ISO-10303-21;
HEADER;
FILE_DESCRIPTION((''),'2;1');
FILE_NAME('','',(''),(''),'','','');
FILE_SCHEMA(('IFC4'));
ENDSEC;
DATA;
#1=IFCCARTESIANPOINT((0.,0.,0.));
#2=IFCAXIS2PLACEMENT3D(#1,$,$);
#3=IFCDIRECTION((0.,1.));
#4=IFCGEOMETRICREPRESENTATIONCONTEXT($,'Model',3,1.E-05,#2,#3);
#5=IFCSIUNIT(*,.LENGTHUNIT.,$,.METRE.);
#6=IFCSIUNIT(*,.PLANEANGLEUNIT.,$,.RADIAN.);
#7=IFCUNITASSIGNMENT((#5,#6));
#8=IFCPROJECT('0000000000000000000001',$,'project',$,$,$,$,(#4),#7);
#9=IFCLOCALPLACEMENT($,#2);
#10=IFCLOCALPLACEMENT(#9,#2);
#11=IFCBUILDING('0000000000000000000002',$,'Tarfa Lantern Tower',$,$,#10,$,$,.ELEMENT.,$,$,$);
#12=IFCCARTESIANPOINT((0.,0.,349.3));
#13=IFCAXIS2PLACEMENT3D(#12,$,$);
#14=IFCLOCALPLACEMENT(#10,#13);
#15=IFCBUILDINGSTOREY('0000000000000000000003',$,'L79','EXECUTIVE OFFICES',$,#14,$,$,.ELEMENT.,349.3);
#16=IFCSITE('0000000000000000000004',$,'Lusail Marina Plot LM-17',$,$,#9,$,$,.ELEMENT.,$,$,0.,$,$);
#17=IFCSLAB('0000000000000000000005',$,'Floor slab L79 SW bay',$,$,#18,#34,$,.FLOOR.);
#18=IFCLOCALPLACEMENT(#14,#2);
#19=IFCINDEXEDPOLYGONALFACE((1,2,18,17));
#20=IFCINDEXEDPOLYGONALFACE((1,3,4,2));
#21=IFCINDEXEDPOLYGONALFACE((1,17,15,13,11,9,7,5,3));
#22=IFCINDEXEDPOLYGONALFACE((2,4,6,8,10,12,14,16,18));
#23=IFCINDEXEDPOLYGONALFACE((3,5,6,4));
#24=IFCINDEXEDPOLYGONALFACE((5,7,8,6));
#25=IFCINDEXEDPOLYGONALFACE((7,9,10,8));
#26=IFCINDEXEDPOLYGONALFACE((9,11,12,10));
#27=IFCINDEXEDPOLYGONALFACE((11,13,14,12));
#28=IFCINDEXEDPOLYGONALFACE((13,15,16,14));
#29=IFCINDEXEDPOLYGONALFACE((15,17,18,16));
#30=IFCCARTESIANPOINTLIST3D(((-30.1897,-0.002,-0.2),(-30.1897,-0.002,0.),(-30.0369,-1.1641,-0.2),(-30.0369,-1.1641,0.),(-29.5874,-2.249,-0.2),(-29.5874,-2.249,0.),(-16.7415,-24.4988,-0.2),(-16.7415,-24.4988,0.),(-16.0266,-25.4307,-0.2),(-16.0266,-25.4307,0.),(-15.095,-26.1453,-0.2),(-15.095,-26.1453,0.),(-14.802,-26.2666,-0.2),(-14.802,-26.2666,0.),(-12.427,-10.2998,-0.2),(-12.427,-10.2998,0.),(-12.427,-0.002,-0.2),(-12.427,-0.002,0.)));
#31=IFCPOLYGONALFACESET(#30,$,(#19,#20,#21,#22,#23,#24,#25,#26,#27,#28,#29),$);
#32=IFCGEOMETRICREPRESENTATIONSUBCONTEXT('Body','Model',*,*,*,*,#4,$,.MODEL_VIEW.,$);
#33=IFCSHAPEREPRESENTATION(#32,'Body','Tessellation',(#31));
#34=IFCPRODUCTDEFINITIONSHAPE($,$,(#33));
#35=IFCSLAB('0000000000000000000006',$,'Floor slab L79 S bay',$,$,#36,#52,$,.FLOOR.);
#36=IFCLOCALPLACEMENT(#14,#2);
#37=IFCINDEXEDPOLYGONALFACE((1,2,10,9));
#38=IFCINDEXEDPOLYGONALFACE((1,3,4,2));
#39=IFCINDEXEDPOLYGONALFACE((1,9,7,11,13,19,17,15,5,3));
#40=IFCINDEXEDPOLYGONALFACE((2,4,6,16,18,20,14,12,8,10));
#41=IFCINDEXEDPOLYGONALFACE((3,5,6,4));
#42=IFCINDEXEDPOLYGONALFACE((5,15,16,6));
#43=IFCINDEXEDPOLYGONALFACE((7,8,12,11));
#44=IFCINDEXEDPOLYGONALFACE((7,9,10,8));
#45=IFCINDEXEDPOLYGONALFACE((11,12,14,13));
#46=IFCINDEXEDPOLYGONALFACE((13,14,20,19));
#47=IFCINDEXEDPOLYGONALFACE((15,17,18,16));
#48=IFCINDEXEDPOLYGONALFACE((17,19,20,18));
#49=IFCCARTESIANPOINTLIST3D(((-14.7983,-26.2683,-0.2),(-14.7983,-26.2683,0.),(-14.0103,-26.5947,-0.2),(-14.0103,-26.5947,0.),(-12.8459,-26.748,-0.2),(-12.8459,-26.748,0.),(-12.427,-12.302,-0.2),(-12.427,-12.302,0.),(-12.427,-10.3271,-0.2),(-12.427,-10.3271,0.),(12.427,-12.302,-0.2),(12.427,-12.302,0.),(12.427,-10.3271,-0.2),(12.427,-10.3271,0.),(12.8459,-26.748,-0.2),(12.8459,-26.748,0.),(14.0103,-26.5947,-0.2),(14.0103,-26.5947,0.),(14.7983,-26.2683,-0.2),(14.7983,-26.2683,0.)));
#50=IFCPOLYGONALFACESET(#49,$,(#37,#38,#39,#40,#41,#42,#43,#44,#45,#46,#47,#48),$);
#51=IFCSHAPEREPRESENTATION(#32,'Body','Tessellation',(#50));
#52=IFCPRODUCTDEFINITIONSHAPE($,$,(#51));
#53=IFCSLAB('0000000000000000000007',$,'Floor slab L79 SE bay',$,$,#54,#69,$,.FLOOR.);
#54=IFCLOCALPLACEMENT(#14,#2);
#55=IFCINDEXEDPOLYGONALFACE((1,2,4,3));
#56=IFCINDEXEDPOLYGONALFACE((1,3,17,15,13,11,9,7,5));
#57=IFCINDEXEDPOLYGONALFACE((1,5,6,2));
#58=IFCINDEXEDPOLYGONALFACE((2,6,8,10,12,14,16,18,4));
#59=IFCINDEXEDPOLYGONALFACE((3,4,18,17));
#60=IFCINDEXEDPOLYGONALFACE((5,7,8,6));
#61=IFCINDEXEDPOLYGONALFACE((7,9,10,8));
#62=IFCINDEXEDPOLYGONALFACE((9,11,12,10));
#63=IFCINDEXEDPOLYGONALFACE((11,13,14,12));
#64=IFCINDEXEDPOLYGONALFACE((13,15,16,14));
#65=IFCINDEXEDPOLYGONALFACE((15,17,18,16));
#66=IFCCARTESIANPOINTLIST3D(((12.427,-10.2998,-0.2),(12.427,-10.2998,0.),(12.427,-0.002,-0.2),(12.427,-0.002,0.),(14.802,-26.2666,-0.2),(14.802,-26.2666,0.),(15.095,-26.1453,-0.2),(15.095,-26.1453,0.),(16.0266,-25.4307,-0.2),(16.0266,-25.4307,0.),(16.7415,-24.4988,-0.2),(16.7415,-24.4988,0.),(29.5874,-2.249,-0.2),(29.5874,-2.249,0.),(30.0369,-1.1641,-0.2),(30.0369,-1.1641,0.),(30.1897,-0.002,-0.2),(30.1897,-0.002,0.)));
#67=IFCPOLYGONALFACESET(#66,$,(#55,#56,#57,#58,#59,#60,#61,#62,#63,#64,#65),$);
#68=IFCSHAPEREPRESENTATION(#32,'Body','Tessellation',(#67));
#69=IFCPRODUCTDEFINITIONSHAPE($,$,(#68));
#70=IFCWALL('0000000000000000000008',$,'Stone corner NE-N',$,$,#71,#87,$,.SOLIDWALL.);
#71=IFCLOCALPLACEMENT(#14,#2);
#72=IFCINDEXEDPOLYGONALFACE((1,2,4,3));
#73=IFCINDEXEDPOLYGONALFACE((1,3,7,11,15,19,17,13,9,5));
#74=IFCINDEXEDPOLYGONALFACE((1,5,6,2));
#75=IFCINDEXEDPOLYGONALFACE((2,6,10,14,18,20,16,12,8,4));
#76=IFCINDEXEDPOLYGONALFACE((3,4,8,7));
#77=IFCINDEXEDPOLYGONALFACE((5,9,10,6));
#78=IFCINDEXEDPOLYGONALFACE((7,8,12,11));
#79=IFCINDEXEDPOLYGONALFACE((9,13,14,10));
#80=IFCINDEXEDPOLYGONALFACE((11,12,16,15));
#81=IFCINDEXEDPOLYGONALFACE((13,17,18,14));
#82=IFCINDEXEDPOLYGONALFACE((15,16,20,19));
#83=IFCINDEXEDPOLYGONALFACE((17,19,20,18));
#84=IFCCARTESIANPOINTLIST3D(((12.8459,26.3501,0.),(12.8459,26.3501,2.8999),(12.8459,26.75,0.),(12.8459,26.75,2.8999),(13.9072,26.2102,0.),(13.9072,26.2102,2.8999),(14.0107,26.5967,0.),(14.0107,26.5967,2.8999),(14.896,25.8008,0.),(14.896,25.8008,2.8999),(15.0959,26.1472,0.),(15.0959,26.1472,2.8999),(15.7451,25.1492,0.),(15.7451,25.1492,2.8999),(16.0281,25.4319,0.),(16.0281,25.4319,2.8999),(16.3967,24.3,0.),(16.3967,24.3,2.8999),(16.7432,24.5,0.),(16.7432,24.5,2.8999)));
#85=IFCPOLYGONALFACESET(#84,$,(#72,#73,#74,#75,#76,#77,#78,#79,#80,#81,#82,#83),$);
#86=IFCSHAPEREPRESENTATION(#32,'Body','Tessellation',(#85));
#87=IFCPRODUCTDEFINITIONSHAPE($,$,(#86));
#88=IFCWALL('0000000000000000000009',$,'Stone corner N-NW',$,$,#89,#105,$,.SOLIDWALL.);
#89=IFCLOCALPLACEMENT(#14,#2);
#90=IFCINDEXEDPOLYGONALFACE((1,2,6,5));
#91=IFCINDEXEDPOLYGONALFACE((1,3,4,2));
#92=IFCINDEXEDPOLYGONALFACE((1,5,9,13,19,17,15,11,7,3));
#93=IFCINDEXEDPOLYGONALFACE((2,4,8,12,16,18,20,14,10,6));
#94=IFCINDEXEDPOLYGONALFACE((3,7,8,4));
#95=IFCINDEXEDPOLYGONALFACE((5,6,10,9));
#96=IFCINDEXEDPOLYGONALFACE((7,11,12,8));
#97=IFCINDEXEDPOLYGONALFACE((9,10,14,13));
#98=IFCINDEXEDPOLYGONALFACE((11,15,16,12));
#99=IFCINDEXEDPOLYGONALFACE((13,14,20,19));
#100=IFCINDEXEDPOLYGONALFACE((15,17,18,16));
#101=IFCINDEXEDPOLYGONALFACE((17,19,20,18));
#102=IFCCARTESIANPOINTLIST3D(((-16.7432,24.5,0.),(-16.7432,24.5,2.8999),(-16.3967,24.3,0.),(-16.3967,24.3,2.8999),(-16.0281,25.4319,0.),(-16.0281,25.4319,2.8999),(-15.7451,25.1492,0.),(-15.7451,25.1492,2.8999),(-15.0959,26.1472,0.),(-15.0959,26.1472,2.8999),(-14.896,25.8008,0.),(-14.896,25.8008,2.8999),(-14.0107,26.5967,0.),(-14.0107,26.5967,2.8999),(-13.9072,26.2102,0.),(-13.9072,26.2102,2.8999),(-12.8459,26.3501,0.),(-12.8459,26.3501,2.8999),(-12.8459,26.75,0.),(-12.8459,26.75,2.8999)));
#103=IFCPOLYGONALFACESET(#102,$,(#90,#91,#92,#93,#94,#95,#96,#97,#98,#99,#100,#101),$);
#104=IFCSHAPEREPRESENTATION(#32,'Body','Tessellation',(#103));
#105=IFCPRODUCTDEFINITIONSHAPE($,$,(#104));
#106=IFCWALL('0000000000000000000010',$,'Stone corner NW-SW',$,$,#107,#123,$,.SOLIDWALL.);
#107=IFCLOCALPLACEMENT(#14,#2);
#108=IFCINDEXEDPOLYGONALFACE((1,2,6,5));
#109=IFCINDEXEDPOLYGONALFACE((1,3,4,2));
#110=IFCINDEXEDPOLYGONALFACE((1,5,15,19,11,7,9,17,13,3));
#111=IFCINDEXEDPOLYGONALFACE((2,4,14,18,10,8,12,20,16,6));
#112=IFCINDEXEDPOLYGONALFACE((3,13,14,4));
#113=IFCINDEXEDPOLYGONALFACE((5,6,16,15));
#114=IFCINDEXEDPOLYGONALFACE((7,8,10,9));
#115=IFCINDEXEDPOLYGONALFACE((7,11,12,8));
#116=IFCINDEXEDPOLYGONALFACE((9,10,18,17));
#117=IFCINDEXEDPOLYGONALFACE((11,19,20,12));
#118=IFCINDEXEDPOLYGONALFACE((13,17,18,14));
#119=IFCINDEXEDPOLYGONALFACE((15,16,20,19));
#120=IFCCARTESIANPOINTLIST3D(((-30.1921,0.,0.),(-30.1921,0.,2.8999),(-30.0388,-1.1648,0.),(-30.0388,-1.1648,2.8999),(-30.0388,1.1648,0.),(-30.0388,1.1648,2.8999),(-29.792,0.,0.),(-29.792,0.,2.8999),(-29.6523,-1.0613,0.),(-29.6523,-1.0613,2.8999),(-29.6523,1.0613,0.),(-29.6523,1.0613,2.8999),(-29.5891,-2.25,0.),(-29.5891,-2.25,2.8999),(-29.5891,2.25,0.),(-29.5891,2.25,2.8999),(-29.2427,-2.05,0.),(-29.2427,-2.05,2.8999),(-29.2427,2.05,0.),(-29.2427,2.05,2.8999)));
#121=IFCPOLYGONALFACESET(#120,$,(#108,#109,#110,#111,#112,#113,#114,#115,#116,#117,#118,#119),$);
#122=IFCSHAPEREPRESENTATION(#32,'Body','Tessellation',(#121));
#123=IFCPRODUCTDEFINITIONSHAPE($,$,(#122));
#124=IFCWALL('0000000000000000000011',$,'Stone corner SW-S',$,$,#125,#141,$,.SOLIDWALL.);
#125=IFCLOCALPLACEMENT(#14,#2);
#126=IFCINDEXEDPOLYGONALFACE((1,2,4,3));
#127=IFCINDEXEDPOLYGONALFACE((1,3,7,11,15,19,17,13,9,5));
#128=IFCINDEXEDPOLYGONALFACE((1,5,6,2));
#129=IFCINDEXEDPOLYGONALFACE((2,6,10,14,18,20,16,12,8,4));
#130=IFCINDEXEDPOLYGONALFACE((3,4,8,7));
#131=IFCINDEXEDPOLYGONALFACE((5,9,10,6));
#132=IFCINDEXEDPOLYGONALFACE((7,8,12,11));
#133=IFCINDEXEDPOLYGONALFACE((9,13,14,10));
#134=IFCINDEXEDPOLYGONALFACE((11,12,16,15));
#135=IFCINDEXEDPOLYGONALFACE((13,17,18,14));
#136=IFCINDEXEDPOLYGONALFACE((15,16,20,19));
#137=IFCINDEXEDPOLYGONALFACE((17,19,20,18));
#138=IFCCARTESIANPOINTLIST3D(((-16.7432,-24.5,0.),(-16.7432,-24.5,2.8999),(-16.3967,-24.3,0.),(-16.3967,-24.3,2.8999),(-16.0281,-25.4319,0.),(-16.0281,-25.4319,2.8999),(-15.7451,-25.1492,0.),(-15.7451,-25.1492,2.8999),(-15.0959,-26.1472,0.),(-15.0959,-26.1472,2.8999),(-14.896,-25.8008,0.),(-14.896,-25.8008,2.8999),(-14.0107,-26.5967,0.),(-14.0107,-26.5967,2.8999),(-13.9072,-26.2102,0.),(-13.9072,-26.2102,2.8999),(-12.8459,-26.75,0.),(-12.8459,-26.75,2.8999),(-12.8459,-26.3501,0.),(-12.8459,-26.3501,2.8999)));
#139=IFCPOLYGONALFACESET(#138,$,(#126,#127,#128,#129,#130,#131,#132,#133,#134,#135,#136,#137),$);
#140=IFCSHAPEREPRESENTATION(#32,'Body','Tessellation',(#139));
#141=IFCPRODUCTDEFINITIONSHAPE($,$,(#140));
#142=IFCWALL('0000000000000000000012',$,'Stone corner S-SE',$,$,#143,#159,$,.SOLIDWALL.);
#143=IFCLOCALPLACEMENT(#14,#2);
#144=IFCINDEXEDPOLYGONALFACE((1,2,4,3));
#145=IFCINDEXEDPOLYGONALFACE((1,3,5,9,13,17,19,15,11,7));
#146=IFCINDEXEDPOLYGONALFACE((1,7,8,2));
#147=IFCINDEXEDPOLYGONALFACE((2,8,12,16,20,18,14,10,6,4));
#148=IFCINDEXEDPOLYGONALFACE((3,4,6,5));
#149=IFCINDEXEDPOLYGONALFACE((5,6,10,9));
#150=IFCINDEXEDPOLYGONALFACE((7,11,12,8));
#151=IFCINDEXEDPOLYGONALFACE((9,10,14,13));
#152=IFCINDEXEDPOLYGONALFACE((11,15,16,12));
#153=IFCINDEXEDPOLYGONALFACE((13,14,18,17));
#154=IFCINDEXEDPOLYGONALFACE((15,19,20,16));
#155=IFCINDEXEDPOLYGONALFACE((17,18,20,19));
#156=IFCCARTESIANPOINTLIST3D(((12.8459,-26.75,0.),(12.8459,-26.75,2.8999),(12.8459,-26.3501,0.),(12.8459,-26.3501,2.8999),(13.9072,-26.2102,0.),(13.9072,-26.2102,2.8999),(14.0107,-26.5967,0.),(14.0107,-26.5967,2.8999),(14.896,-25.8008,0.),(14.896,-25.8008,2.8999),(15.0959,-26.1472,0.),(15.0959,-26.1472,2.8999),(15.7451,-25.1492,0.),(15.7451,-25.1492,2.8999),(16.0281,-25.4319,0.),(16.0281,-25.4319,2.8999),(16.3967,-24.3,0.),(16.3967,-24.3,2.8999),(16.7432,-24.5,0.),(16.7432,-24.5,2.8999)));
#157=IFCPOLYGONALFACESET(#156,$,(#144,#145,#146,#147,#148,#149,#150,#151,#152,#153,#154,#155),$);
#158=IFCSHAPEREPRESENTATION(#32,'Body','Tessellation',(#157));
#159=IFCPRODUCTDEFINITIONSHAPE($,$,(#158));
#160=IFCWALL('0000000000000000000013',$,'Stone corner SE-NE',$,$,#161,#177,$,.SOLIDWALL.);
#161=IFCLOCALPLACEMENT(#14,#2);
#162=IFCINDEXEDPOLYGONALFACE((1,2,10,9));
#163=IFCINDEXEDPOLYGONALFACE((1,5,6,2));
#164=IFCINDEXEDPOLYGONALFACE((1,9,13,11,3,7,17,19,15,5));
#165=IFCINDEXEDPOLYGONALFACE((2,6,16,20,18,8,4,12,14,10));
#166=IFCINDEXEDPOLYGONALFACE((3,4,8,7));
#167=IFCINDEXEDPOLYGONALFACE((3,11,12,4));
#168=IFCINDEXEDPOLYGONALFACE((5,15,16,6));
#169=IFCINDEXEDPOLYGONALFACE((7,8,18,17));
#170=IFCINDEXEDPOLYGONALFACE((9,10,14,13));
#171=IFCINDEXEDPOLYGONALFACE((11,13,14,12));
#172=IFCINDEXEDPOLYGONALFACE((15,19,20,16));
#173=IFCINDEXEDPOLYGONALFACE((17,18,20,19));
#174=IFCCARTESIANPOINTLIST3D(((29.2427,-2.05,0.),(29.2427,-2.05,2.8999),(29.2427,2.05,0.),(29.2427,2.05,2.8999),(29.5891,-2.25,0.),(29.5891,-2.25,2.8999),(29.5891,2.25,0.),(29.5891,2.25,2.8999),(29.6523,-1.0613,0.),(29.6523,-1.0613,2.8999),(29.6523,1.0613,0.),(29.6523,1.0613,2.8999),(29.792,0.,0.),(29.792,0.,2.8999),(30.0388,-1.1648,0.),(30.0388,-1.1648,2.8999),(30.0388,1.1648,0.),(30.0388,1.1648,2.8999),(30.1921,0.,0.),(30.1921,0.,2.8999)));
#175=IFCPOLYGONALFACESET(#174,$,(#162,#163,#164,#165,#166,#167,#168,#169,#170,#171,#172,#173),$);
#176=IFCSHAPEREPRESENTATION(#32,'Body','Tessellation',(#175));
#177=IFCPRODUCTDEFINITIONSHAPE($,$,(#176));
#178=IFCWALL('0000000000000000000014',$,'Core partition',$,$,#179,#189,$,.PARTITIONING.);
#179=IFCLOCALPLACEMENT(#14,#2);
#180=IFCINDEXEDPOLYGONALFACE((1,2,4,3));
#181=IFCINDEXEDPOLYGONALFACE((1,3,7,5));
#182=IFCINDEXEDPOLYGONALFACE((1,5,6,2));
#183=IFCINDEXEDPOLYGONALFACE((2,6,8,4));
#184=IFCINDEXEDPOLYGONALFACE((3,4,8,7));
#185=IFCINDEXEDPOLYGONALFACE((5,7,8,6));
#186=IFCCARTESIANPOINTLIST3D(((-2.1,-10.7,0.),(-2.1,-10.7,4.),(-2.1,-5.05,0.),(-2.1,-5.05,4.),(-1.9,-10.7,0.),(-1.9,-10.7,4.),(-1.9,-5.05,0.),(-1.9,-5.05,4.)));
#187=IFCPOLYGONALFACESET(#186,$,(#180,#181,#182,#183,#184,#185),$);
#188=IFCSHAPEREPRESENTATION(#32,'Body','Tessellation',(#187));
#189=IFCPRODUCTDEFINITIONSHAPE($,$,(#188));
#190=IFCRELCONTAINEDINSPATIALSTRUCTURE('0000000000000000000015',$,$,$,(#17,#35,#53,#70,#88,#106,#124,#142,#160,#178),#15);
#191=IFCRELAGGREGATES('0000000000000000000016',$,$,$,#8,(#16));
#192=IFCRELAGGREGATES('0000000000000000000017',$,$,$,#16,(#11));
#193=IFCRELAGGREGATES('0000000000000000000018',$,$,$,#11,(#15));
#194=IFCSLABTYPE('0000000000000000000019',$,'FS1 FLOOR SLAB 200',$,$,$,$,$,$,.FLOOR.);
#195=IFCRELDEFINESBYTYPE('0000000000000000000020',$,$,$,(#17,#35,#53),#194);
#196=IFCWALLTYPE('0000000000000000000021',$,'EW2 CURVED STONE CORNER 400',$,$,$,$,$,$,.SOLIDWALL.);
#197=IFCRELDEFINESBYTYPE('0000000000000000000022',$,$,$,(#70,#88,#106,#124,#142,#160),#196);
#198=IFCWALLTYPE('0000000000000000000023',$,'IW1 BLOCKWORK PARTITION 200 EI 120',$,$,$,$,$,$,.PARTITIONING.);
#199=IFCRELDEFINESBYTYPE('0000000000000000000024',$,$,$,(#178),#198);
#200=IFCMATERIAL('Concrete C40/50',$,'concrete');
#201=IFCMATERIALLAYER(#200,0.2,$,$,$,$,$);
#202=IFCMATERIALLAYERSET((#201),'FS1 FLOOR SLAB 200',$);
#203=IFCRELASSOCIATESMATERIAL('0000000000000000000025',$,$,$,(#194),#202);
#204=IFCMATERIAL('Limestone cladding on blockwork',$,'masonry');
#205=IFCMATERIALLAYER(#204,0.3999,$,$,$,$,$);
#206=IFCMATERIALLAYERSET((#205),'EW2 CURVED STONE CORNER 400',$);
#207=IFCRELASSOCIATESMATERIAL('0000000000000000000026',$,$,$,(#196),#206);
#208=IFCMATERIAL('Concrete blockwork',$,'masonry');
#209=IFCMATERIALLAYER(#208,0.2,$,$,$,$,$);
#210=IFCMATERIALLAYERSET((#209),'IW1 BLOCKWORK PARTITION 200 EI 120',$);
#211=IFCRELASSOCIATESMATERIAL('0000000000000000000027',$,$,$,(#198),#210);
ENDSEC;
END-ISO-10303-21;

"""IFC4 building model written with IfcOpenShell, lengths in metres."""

from ifc_helpers import new_model, si_unit, direction, frame, frame_2d, origin, place, context, subcontext, project, spatial, polyline, rectangle, outline, extrude, material, layer, layer_set, type_object, element, save


model = new_model("IFC4")

# Units and contexts
model_context = context("Model", 3, precision=1e-05, world=origin(), true_north=direction((0.0, 1.0)))
body_context = subcontext(model_context, "Body", "Model", "MODEL_VIEW")
ifc_project = project(units=[si_unit("LENGTHUNIT", "METRE"), si_unit("PLANEANGLEUNIT", "RADIAN")], contexts=[model_context])

# Site, building, storey
site_placement = place(None, origin())
site = spatial("IfcSite", under=ifc_project, at=site_placement, Name="Lusail Marina Plot LM-17", CompositionType="ELEMENT", RefElevation=0.0)
building_placement = place(site_placement, origin())
building = spatial("IfcBuilding", under=site, at=building_placement, Name="Tarfa Lantern Tower", CompositionType="ELEMENT")
storey_placement = place(building_placement, frame((0.0, 0.0, 349.3)))
storey = spatial("IfcBuildingStorey", under=building, at=storey_placement, Name="L79", Description="EXECUTIVE OFFICES", CompositionType="ELEMENT", Elevation=349.3)

# Slabs
ifc_material_1 = material(Name="Concrete C40/50", Category="concrete")
ifc_layer_1 = layer(ifc_material_1, 0.2)
ifc_layer_set_1 = layer_set([ifc_layer_1], Name="FS1 FLOOR SLAB 200")
slab_type_1 = type_object("IfcSlabType", Name="FS1 FLOOR SLAB 200", PredefinedType="FLOOR", material=ifc_layer_set_1)
slab_1_placement = place(storey_placement, frame((0.0, 0.0, -0.2)))
element("IfcSlab", 1, at=slab_1_placement, inside=storey, type_object=slab_type_1, Name="Floor slab L79 SW bay", PredefinedType="FLOOR", context=body_context, shape_type="SweptSolid", body=[
    extrude(outline(polyline([(-12.427, -10.2998), (-12.427, -0.002), (-30.1897, -0.002), (-30.0369, -1.1641), (-29.5874, -2.249), (-16.7415, -24.4988), (-16.0266, -25.4307), (-15.095, -26.1453), (-14.802, -26.2666), (-12.427, -10.2998)])), origin(), (0.0, 0.0, 1.0), 0.2),
])
slab_2_placement = place(storey_placement, frame((0.0, 0.0, -0.2)))
element("IfcSlab", 2, at=slab_2_placement, inside=storey, type_object=slab_type_1, Name="Floor slab L79 S bay", PredefinedType="FLOOR", context=body_context, shape_type="SweptSolid", body=[
    extrude(outline(polyline([(12.427, -10.3271), (12.427, -12.302), (-12.427, -12.302), (-12.427, -10.3271), (-14.7983, -26.2683), (-14.0103, -26.5947), (-12.8459, -26.748), (12.8459, -26.748), (14.0103, -26.5947), (14.7983, -26.2683), (12.427, -10.3271)])), origin(), (0.0, 0.0, 1.0), 0.2),
])
slab_3_placement = place(storey_placement, frame((0.0, 0.0, -0.2)))
element("IfcSlab", 3, at=slab_3_placement, inside=storey, type_object=slab_type_1, Name="Floor slab L79 SE bay", PredefinedType="FLOOR", context=body_context, shape_type="SweptSolid", body=[
    extrude(outline(polyline([(12.427, -0.002), (12.427, -10.2998), (14.802, -26.2666), (15.095, -26.1453), (16.0266, -25.4307), (16.7415, -24.4988), (29.5874, -2.249), (30.0369, -1.1641), (30.1897, -0.002), (12.427, -0.002)])), origin(), (0.0, 0.0, 1.0), 0.2),
])

# Walls
ifc_material_2 = material(Name="Limestone cladding on blockwork", Category="masonry")
ifc_layer_2 = layer(ifc_material_2, 0.3999)
ifc_layer_set_2 = layer_set([ifc_layer_2], Name="EW2 CURVED STONE CORNER 400")
wall_type_1 = type_object("IfcWallType", Name="EW2 CURVED STONE CORNER 400", PredefinedType="SOLIDWALL", material=ifc_layer_set_2)
wall_1_placement = place(storey_placement, origin())
element("IfcWall", 4, at=wall_1_placement, inside=storey, type_object=wall_type_1, Name="Stone corner NE-N", PredefinedType="SOLIDWALL", context=body_context, shape_type="SweptSolid", body=[
    extrude(outline(polyline([(16.7432, 24.5), (16.0281, 25.4319), (15.0959, 26.1472), (14.0107, 26.5967), (12.8459, 26.75), (12.8459, 26.3501), (13.9072, 26.2102), (14.896, 25.8008), (15.7451, 25.1492), (16.3967, 24.3), (16.7432, 24.5)])), origin(), (0.0, 0.0, 1.0), 2.8999),
])
wall_2_placement = place(storey_placement, origin())
element("IfcWall", 5, at=wall_2_placement, inside=storey, type_object=wall_type_1, Name="Stone corner N-NW", PredefinedType="SOLIDWALL", context=body_context, shape_type="SweptSolid", body=[
    extrude(outline(polyline([(-12.8459, 26.75), (-14.0107, 26.5967), (-15.0959, 26.1472), (-16.0281, 25.4319), (-16.7432, 24.5), (-16.3967, 24.3), (-15.7451, 25.1492), (-14.896, 25.8008), (-13.9072, 26.2102), (-12.8459, 26.3501), (-12.8459, 26.75)])), origin(), (0.0, 0.0, 1.0), 2.8999),
])
wall_3_placement = place(storey_placement, origin())
element("IfcWall", 6, at=wall_3_placement, inside=storey, type_object=wall_type_1, Name="Stone corner NW-SW", PredefinedType="SOLIDWALL", context=body_context, shape_type="SweptSolid", body=[
    extrude(outline(polyline([(-29.5891, 2.25), (-30.0388, 1.1648), (-30.1921, 0.0), (-30.0388, -1.1648), (-29.5891, -2.25), (-29.2427, -2.05), (-29.6523, -1.0613), (-29.792, 0.0), (-29.6523, 1.0613), (-29.2427, 2.05), (-29.5891, 2.25)])), origin(), (0.0, 0.0, 1.0), 2.8999),
])
wall_4_placement = place(storey_placement, origin())
element("IfcWall", 7, at=wall_4_placement, inside=storey, type_object=wall_type_1, Name="Stone corner SW-S", PredefinedType="SOLIDWALL", context=body_context, shape_type="SweptSolid", body=[
    extrude(outline(polyline([(-16.7432, -24.5), (-16.0281, -25.4319), (-15.0959, -26.1472), (-14.0107, -26.5967), (-12.8459, -26.75), (-12.8459, -26.3501), (-13.9072, -26.2102), (-14.896, -25.8008), (-15.7451, -25.1492), (-16.3967, -24.3), (-16.7432, -24.5)])), origin(), (0.0, 0.0, 1.0), 2.8999),
])
wall_5_placement = place(storey_placement, origin())
element("IfcWall", 8, at=wall_5_placement, inside=storey, type_object=wall_type_1, Name="Stone corner S-SE", PredefinedType="SOLIDWALL", context=body_context, shape_type="SweptSolid", body=[
    extrude(outline(polyline([(12.8459, -26.75), (14.0107, -26.5967), (15.0959, -26.1472), (16.0281, -25.4319), (16.7432, -24.5), (16.3967, -24.3), (15.7451, -25.1492), (14.896, -25.8008), (13.9072, -26.2102), (12.8459, -26.3501), (12.8459, -26.75)])), origin(), (0.0, 0.0, 1.0), 2.8999),
])
wall_6_placement = place(storey_placement, origin())
element("IfcWall", 9, at=wall_6_placement, inside=storey, type_object=wall_type_1, Name="Stone corner SE-NE", PredefinedType="SOLIDWALL", context=body_context, shape_type="SweptSolid", body=[
    extrude(outline(polyline([(29.5891, -2.25), (30.0388, -1.1648), (30.1921, 0.0), (30.0388, 1.1648), (29.5891, 2.25), (29.2427, 2.05), (29.6523, 1.0613), (29.792, 0.0), (29.6523, -1.0613), (29.2427, -2.05), (29.5891, -2.25)])), origin(), (0.0, 0.0, 1.0), 2.8999),
])
ifc_material_3 = material(Name="Concrete blockwork", Category="masonry")
ifc_layer_3 = layer(ifc_material_3, 0.2)
ifc_layer_set_3 = layer_set([ifc_layer_3], Name="IW1 BLOCKWORK PARTITION 200 EI 120")
wall_type_2 = type_object("IfcWallType", Name="IW1 BLOCKWORK PARTITION 200 EI 120", PredefinedType="PARTITIONING", material=ifc_layer_set_3)
wall_7_placement = place(storey_placement, frame((-2.0, -5.05, 0.0), z_axis=(0.0, 0.0, 1.0), x_axis=(0.0, -1.0, 0.0)))
element("IfcWall", 10, at=wall_7_placement, inside=storey, type_object=wall_type_2, Name="Core partition", PredefinedType="PARTITIONING", context=body_context, shape_type="SweptSolid", body=[
    extrude(rectangle(XDim=5.6499, YDim=0.2, at=frame_2d((2.825, 0.0))), origin(), (0.0, 0.0, 1.0), 4.0),
])

save(model, "model.ifc")
